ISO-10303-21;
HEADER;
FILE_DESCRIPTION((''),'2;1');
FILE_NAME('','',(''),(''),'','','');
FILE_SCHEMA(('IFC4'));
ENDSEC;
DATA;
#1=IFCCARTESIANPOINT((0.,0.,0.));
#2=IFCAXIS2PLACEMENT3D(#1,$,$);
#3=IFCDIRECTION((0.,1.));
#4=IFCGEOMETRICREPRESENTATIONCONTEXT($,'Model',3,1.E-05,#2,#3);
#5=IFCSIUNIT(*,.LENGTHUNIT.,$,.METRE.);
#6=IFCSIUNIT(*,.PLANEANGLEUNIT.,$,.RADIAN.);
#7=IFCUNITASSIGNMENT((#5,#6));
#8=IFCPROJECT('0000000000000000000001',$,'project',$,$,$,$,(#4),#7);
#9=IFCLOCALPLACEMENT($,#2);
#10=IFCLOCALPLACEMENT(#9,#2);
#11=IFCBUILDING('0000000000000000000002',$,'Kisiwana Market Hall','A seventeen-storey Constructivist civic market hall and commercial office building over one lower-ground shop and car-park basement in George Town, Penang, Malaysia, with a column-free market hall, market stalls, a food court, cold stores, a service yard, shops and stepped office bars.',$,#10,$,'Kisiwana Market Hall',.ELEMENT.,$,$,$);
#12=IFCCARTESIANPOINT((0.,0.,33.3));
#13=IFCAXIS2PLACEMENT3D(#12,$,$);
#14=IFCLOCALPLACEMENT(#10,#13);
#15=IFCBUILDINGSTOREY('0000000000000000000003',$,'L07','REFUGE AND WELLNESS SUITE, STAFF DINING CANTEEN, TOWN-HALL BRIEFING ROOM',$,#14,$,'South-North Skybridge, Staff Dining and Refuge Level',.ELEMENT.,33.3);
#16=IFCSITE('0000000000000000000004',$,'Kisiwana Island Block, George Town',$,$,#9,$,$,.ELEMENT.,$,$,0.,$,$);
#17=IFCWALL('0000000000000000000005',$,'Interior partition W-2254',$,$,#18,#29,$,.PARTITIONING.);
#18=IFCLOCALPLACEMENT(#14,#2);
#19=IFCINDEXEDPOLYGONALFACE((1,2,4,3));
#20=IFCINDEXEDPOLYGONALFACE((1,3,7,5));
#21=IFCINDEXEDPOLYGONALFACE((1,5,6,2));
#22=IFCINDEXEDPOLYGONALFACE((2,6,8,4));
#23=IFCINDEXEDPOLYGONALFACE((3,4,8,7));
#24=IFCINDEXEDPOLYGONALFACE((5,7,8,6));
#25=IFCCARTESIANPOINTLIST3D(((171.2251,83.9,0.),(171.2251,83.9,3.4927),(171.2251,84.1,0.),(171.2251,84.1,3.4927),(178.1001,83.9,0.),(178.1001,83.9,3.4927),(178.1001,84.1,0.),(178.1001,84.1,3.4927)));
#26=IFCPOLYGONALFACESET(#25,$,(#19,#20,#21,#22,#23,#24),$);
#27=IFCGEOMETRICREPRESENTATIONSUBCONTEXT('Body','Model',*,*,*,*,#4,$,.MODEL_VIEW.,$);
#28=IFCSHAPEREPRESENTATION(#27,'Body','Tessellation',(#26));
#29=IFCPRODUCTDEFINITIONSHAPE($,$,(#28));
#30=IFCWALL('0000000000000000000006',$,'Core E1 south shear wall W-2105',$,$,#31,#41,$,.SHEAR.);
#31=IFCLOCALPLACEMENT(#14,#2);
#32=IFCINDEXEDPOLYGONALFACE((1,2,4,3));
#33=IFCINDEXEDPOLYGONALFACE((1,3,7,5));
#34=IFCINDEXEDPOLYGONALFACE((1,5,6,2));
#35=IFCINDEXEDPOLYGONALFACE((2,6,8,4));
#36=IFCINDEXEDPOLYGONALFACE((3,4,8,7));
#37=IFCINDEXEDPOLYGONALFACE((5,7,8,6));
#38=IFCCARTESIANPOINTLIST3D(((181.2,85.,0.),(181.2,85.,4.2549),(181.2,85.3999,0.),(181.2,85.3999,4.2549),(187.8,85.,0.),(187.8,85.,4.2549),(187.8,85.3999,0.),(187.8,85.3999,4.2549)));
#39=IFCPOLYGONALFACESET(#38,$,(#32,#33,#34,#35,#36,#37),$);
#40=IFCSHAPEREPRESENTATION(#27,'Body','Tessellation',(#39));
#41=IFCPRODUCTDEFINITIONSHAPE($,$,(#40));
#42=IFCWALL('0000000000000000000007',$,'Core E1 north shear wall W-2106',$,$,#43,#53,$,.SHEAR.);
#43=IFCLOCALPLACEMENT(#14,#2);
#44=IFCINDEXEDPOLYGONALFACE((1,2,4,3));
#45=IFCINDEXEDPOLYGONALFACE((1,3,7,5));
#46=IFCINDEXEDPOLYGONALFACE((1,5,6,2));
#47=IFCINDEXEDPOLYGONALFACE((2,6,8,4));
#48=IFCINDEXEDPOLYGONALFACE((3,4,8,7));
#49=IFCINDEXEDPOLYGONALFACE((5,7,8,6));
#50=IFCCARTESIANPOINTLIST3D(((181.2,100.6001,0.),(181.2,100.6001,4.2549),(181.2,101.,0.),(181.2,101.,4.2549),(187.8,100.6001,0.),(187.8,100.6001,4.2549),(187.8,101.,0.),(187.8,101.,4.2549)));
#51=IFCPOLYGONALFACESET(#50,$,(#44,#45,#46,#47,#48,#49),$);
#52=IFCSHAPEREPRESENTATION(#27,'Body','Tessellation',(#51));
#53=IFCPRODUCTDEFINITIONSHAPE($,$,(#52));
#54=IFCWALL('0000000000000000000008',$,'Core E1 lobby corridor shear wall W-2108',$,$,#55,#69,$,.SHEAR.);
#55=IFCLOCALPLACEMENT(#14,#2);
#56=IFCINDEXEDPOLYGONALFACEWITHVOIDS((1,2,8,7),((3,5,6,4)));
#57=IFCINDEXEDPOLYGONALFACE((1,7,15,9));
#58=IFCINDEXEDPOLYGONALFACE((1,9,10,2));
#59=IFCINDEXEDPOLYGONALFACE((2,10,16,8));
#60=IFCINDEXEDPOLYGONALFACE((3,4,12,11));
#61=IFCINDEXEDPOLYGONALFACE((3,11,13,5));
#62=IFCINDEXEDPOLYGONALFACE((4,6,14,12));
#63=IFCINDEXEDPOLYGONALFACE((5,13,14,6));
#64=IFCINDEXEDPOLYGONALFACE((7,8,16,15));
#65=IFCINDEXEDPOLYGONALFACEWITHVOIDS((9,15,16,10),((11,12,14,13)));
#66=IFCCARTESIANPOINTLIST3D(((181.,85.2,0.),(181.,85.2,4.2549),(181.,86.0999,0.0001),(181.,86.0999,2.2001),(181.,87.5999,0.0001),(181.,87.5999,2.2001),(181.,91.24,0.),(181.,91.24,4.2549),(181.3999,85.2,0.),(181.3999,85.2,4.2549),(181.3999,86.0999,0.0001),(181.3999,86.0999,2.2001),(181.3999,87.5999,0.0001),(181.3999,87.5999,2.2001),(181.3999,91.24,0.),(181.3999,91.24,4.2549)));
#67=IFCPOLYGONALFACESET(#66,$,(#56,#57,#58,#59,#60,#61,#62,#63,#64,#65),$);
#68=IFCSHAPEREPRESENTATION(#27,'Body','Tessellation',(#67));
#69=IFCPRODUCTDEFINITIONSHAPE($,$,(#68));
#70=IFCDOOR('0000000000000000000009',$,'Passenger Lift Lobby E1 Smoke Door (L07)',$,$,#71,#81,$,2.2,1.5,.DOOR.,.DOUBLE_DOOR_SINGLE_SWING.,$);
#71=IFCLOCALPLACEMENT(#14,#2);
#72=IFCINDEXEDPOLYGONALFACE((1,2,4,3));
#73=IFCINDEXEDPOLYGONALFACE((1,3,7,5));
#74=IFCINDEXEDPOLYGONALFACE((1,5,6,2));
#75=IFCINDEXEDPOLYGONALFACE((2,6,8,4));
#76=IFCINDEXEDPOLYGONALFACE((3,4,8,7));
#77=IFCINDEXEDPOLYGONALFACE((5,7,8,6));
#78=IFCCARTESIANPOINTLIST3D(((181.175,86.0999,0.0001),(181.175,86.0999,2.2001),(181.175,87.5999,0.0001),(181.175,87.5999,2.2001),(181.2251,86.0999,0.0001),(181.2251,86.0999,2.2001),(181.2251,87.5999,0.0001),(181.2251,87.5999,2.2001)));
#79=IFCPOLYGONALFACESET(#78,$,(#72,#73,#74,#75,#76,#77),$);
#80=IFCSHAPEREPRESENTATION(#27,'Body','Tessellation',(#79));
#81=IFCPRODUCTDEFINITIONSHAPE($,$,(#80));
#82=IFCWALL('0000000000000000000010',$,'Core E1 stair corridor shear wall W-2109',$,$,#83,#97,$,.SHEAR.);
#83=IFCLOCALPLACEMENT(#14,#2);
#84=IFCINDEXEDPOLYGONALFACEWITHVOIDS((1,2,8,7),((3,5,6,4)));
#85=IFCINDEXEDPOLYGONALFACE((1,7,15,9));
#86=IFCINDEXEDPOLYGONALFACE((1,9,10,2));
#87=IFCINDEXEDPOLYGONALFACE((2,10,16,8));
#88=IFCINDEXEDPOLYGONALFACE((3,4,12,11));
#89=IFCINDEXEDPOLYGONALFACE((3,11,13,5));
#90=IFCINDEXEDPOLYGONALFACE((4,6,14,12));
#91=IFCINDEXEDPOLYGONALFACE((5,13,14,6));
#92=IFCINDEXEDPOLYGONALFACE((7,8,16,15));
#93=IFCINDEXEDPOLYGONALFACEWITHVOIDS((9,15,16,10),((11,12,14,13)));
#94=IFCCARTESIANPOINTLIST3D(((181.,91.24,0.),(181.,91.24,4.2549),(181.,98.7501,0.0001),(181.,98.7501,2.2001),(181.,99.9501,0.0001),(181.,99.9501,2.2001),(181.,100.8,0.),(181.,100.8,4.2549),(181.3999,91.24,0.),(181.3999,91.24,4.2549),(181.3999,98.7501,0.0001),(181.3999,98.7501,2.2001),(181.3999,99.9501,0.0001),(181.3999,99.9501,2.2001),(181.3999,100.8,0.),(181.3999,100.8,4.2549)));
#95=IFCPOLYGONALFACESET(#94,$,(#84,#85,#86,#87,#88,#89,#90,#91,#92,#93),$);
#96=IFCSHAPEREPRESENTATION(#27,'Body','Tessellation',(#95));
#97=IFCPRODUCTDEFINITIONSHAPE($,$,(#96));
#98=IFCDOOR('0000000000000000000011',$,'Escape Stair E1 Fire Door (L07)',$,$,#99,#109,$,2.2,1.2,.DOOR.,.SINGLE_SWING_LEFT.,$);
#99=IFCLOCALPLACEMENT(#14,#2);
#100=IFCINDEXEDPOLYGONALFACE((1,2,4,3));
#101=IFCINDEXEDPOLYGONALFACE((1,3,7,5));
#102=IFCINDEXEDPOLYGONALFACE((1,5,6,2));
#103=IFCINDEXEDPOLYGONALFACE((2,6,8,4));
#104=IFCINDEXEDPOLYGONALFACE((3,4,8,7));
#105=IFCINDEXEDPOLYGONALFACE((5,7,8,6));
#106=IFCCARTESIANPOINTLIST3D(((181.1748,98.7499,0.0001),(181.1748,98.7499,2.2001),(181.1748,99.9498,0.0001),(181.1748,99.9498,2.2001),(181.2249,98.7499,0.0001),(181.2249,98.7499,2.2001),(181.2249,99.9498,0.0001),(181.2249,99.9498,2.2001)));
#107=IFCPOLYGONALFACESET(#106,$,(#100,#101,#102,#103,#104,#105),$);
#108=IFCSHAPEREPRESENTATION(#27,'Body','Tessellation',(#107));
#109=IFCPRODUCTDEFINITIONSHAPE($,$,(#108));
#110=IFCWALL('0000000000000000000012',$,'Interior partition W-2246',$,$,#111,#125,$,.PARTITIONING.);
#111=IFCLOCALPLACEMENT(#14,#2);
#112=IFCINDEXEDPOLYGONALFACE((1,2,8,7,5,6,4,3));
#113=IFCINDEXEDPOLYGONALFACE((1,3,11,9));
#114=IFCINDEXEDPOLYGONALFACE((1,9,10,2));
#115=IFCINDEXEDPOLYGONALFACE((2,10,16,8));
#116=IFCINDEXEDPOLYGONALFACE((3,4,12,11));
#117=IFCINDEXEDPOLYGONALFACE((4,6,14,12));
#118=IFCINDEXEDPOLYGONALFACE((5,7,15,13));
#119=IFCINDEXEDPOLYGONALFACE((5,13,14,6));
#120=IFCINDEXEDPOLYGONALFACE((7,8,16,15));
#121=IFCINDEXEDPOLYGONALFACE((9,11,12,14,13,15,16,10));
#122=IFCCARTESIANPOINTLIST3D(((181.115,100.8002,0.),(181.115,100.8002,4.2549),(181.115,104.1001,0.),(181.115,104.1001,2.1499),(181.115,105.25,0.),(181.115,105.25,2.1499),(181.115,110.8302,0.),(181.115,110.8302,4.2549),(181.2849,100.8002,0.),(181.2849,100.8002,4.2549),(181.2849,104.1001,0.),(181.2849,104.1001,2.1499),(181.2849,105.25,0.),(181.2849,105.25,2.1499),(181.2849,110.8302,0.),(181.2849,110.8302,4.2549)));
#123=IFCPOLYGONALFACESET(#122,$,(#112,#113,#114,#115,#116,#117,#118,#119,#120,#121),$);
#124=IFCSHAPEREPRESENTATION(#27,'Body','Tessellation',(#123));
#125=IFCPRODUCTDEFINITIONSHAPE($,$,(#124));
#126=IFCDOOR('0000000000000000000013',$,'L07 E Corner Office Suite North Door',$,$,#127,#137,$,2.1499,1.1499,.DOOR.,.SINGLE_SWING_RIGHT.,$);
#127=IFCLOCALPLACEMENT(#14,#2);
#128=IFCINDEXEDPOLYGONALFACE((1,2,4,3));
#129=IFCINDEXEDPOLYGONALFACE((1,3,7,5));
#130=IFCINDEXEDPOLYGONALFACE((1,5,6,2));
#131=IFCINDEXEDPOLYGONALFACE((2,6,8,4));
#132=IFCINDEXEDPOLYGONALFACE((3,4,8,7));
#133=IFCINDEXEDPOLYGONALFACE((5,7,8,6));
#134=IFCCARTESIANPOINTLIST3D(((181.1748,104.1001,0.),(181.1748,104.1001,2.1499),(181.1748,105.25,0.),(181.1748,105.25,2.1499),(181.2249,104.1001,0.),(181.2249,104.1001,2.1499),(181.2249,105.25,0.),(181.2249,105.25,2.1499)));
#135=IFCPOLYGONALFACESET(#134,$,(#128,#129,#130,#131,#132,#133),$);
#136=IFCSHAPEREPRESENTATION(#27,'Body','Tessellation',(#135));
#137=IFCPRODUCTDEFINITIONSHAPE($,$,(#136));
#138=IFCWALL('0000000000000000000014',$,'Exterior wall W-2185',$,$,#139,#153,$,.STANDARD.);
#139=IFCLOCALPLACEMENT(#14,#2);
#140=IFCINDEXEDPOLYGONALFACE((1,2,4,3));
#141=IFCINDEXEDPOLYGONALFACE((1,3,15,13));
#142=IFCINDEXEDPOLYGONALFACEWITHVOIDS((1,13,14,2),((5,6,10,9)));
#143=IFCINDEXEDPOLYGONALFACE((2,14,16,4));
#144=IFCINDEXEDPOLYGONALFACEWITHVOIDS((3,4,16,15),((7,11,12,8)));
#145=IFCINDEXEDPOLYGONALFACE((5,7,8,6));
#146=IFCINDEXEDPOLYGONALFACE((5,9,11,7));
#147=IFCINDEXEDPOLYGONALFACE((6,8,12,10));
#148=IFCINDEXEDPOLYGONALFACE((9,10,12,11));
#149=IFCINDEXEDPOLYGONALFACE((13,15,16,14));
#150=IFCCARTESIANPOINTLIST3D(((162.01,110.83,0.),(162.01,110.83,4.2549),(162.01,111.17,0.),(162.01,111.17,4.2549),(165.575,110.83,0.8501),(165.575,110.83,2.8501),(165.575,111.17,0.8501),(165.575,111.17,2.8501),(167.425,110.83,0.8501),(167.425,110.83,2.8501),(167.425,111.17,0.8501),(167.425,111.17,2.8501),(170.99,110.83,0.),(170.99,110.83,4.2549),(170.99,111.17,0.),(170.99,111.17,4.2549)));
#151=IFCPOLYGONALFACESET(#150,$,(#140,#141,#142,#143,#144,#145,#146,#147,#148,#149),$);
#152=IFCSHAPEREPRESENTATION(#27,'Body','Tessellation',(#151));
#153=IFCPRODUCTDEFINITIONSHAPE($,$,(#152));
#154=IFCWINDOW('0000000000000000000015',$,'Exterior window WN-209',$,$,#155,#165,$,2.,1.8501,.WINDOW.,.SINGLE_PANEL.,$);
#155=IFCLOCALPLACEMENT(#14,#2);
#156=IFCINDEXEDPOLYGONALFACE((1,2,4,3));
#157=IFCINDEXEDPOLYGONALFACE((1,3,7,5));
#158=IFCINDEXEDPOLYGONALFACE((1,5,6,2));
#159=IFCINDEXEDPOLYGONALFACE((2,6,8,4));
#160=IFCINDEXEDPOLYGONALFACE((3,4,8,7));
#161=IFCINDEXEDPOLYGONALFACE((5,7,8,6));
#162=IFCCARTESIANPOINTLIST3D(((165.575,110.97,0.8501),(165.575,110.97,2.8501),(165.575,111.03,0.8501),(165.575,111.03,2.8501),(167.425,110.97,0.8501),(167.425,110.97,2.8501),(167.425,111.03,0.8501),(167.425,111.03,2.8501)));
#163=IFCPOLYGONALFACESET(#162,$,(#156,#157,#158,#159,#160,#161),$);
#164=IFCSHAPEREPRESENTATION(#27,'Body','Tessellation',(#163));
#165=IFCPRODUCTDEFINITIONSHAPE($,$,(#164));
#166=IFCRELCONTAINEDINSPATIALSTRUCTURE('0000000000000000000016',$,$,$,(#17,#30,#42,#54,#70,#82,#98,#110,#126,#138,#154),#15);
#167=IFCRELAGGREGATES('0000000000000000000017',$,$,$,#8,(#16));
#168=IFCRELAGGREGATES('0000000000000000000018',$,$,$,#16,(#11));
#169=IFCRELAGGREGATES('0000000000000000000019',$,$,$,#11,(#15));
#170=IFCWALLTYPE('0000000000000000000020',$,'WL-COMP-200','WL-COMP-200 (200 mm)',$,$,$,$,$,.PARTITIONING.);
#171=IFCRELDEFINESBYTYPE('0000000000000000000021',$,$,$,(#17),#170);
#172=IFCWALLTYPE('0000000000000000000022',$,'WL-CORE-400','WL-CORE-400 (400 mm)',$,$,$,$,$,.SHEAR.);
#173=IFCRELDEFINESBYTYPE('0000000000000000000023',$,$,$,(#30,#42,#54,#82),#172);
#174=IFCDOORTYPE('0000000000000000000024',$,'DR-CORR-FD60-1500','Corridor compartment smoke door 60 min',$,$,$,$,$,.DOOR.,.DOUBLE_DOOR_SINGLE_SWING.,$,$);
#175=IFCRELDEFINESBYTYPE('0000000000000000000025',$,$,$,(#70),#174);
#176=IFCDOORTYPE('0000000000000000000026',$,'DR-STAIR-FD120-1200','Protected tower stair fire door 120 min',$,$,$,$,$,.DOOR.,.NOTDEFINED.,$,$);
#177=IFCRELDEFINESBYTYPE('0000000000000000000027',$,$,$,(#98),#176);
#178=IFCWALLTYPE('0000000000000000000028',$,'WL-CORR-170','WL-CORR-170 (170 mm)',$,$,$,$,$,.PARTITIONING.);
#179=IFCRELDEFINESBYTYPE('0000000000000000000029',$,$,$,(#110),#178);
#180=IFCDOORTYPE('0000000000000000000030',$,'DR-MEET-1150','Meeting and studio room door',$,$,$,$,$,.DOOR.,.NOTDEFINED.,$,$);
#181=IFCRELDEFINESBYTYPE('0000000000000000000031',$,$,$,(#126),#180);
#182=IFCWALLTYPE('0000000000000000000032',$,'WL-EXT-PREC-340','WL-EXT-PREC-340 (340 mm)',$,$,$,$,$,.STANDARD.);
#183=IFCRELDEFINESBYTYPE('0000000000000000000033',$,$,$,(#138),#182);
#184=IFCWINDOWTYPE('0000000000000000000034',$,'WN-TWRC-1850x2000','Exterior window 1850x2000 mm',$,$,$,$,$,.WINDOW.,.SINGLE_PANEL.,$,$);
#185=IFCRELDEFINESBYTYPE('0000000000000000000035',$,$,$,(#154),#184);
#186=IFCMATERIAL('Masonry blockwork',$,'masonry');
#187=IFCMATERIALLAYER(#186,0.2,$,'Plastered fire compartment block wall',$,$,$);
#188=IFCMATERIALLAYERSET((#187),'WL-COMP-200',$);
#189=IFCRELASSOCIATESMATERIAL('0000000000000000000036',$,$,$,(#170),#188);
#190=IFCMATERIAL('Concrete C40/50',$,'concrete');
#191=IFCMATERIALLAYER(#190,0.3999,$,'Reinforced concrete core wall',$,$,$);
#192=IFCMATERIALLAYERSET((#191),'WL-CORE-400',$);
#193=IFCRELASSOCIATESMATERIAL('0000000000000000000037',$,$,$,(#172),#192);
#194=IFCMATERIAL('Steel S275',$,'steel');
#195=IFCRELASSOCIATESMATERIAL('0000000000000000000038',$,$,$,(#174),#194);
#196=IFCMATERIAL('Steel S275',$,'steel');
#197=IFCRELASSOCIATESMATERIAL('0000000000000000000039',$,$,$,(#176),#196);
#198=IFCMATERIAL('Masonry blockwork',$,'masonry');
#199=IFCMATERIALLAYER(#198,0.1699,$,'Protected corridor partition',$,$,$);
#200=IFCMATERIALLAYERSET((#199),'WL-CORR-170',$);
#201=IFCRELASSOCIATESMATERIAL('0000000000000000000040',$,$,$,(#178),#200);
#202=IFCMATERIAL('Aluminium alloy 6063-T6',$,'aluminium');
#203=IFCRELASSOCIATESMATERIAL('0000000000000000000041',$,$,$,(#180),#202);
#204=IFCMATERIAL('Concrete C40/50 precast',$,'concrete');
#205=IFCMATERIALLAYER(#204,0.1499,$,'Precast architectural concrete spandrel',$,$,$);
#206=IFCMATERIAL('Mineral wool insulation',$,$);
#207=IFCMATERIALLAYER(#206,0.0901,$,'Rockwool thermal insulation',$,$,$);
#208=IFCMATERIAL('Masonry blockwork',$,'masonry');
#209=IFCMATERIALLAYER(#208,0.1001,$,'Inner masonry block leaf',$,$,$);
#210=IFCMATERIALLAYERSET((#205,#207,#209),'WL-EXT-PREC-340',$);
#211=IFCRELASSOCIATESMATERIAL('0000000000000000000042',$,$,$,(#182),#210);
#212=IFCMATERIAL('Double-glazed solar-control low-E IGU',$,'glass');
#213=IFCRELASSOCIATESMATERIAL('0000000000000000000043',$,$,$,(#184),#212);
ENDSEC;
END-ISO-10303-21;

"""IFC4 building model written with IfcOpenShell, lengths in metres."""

from ifc_helpers import new_model, si_unit, direction, frame, frame_2d, origin, place, context, subcontext, project, spatial, rectangle, extrude, material, layer, layer_set, type_object, element, fill, save


model = new_model("IFC4")

# Units and contexts
model_context = context("Model", 3, precision=1e-05, world=origin(), true_north=direction((0.0, 1.0)))
body_context = subcontext(model_context, "Body", "Model", "MODEL_VIEW")
ifc_project = project(units=[si_unit("LENGTHUNIT", "METRE"), si_unit("PLANEANGLEUNIT", "RADIAN")], contexts=[model_context])

# Site, building, storey
site_placement = place(None, origin())
site = spatial("IfcSite", under=ifc_project, at=site_placement, Name="Kisiwana Island Block, George Town", CompositionType="ELEMENT", RefElevation=0.0)
building_placement = place(site_placement, origin())
building = spatial("IfcBuilding", under=site, at=building_placement, Name="Kisiwana Market Hall", Description="A seventeen-storey Constructivist civic market hall and commercial office building over one lower-ground shop and car-park basement in George Town, Penang, Malaysia, with a column-free market hall, market stalls, a food court, cold stores, a service yard, shops and stepped office bars.", LongName="Kisiwana Market Hall", CompositionType="ELEMENT")
storey_placement = place(building_placement, frame((0.0, 0.0, 33.3)))
storey = spatial("IfcBuildingStorey", under=building, at=storey_placement, Name="L07", Description="REFUGE AND WELLNESS SUITE, STAFF DINING CANTEEN, TOWN-HALL BRIEFING ROOM", LongName="South-North Skybridge, Staff Dining and Refuge Level", CompositionType="ELEMENT", Elevation=33.3)

# Walls
ifc_material_1 = material(Name="Masonry blockwork", Category="masonry")
ifc_layer_1 = layer(ifc_material_1, 0.2, Name="Plastered fire compartment block wall")
ifc_layer_set_1 = layer_set([ifc_layer_1], Name="WL-COMP-200")
wall_type_1 = type_object("IfcWallType", Name="WL-COMP-200", Description="WL-COMP-200 (200 mm)", PredefinedType="PARTITIONING", material=ifc_layer_set_1)
wall_1_placement = place(storey_placement, frame((171.2251, 84.0, 0.0), z_axis=(0.0, 0.0, 1.0), x_axis=(1.0, 0.0, 0.0)))
element("IfcWall", 1, at=wall_1_placement, inside=storey, type_object=wall_type_1, Name="Interior partition W-2254", PredefinedType="PARTITIONING", context=body_context, shape_type="SweptSolid", body=[
    extrude(rectangle(XDim=6.875, YDim=0.2, at=frame_2d((3.4375, 0.0))), origin(), (0.0, 0.0, 1.0), 3.4927),
])
ifc_material_2 = material(Name="Concrete C40/50", Category="concrete")
ifc_layer_2 = layer(ifc_material_2, 0.3999, Name="Reinforced concrete core wall")
ifc_layer_set_2 = layer_set([ifc_layer_2], Name="WL-CORE-400")
wall_type_2 = type_object("IfcWallType", Name="WL-CORE-400", Description="WL-CORE-400 (400 mm)", PredefinedType="SHEAR", material=ifc_layer_set_2)
for number, where, z_axis, x_axis, name in (
    (2, (181.2, 85.2, 0.0), (0.0, 0.0, 1.0), (1.0, 0.0, 0.0), "Core E1 south shear wall W-2105"),
    (3, (181.2, 100.8, 0.0), (0.0, 0.0, 1.0), (1.0, 0.0, 0.0), "Core E1 north shear wall W-2106"),
):
    element("IfcWall", number, at=place(storey_placement, frame(where, z_axis=z_axis, x_axis=x_axis)), inside=storey, type_object=wall_type_2, Name=name, PredefinedType="SHEAR", context=body_context, shape_type="SweptSolid", body=[
        extrude(rectangle(XDim=6.6001, YDim=0.3999, at=frame_2d((3.3, 0.0))), origin(), (0.0, 0.0, 1.0), 4.2549),
    ])

# Walls, openings, doors
wall_2_placement = place(storey_placement, frame((181.2, 85.2, 0.0), z_axis=(0.0, 0.0, 1.0), x_axis=(0.0, 1.0, 0.0)))
wall_2 = element("IfcWall", 4, at=wall_2_placement, inside=storey, type_object=wall_type_2, Name="Core E1 lobby corridor shear wall W-2108", PredefinedType="SHEAR", context=body_context, shape_type="SweptSolid", body=[
    extrude(rectangle(XDim=6.04, YDim=0.3999, at=frame_2d((3.02, 0.0))), origin(), (0.0, 0.0, 1.0), 4.2549),
])
opening_1_placement = place(wall_2_placement, frame((0.8999, 0.0, 0.0)))
opening_1 = element("IfcOpeningElement", 5, at=opening_1_placement, cuts=wall_2, PredefinedType="OPENING", context=body_context, shape_type="SweptSolid", body=[
    extrude(rectangle(XDim=1.5, YDim=2.2, at=frame_2d((0.75, 1.1001))), frame((0.0, 0.2119, 0.0), z_axis=(0.0, -1.0, 0.0), x_axis=(1.0, 0.0, 0.0)), (0.0, 0.0, 1.0), 0.4238),
])
ifc_material_3 = material(Name="Steel S275", Category="steel")
door_type_1 = type_object("IfcDoorType", Name="DR-CORR-FD60-1500", Description="Corridor compartment smoke door 60 min", OperationType="DOUBLE_DOOR_SINGLE_SWING", PredefinedType="DOOR", material=ifc_material_3)
door_1_placement = place(opening_1_placement, origin())
door_1 = element("IfcDoor", 6, at=door_1_placement, inside=storey, type_object=door_type_1, Name="Passenger Lift Lobby E1 Smoke Door (L07)", OperationType="DOUBLE_DOOR_SINGLE_SWING", OverallHeight=2.2, OverallWidth=1.5, PredefinedType="DOOR", context=body_context, shape_type="SweptSolid", body=[
    extrude(rectangle(XDim=1.5, YDim=2.2, at=frame_2d((0.75, 1.1001))), frame((0.0, 0.0249, 0.0), z_axis=(0.0, -1.0, 0.0), x_axis=(1.0, 0.0, 0.0)), (0.0, 0.0, 1.0), 0.05),
])
fill(opening_1, door_1)
wall_3_placement = place(storey_placement, frame((181.2, 91.24, 0.0), z_axis=(0.0, 0.0, 1.0), x_axis=(0.0, 1.0, 0.0)))
wall_3 = element("IfcWall", 7, at=wall_3_placement, inside=storey, type_object=wall_type_2, Name="Core E1 stair corridor shear wall W-2109", PredefinedType="SHEAR", context=body_context, shape_type="SweptSolid", body=[
    extrude(rectangle(XDim=9.5601, YDim=0.3999, at=frame_2d((4.78, 0.0))), origin(), (0.0, 0.0, 1.0), 4.2549),
])
opening_2_placement = place(wall_3_placement, frame((7.51, 0.0, 0.0)))
opening_2 = element("IfcOpeningElement", 8, at=opening_2_placement, cuts=wall_3, PredefinedType="OPENING", context=body_context, shape_type="SweptSolid", body=[
    extrude(rectangle(XDim=1.2, YDim=2.2, at=frame_2d((0.6001, 1.1001))), frame((0.0, 0.2119, 0.0), z_axis=(0.0, -1.0, 0.0), x_axis=(1.0, 0.0, 0.0)), (0.0, 0.0, 1.0), 0.4238),
])
ifc_material_4 = material(Name="Steel S275", Category="steel")
door_type_2 = type_object("IfcDoorType", Name="DR-STAIR-FD120-1200", Description="Protected tower stair fire door 120 min", OperationType="NOTDEFINED", PredefinedType="DOOR", material=ifc_material_4)
door_2_placement = place(opening_2_placement, frame((1.2, 0.0, 0.0), z_axis=(0.0, 0.0, 1.0), x_axis=(-1.0, 0.0, 0.0)))
door_2 = element("IfcDoor", 9, at=door_2_placement, inside=storey, type_object=door_type_2, Name="Escape Stair E1 Fire Door (L07)", OperationType="SINGLE_SWING_LEFT", OverallHeight=2.2, OverallWidth=1.2, PredefinedType="DOOR", context=body_context, shape_type="SweptSolid", body=[
    extrude(rectangle(XDim=1.2, YDim=2.2, at=frame_2d((0.6001, 1.1001))), frame((0.0, 0.0249, 0.0), z_axis=(0.0, -1.0, 0.0), x_axis=(1.0, 0.0, 0.0)), (0.0, 0.0, 1.0), 0.05),
])
fill(opening_2, door_2)
ifc_material_5 = material(Name="Masonry blockwork", Category="masonry")
ifc_layer_3 = layer(ifc_material_5, 0.1699, Name="Protected corridor partition")
ifc_layer_set_3 = layer_set([ifc_layer_3], Name="WL-CORR-170")
wall_type_3 = type_object("IfcWallType", Name="WL-CORR-170", Description="WL-CORR-170 (170 mm)", PredefinedType="PARTITIONING", material=ifc_layer_set_3)
wall_4_placement = place(storey_placement, frame((181.2, 100.8, 0.0), z_axis=(0.0, 0.0, 1.0), x_axis=(0.0, 1.0, 0.0)))
wall_4 = element("IfcWall", 10, at=wall_4_placement, inside=storey, type_object=wall_type_3, Name="Interior partition W-2246", PredefinedType="PARTITIONING", context=body_context, shape_type="SweptSolid", body=[
    extrude(rectangle(XDim=10.03, YDim=0.1699, at=frame_2d((5.0151, 0.0))), origin(), (0.0, 0.0, 1.0), 4.2549),
])
opening_3_placement = place(wall_4_placement, frame((3.3, 0.0, 0.0)))
opening_3 = element("IfcOpeningElement", 11, at=opening_3_placement, cuts=wall_4, PredefinedType="OPENING", context=body_context, shape_type="SweptSolid", body=[
    extrude(rectangle(XDim=1.1499, YDim=2.1499, at=frame_2d((0.575, 1.075))), frame((0.0, 0.0969, 0.0), z_axis=(0.0, -1.0, 0.0), x_axis=(1.0, 0.0, 0.0)), (0.0, 0.0, 1.0), 0.1938),
])
ifc_material_6 = material(Name="Aluminium alloy 6063-T6", Category="aluminium")
door_type_3 = type_object("IfcDoorType", Name="DR-MEET-1150", Description="Meeting and studio room door", OperationType="NOTDEFINED", PredefinedType="DOOR", material=ifc_material_6)
door_3_placement = place(opening_3_placement, frame((1.1499, 0.0, 0.0), z_axis=(0.0, 0.0, 1.0), x_axis=(-1.0, 0.0, 0.0)))
door_3 = element("IfcDoor", 12, at=door_3_placement, inside=storey, type_object=door_type_3, Name="L07 E Corner Office Suite North Door", OperationType="SINGLE_SWING_RIGHT", OverallHeight=2.1499, OverallWidth=1.1499, PredefinedType="DOOR", context=body_context, shape_type="SweptSolid", body=[
    extrude(rectangle(XDim=1.1499, YDim=2.1499, at=frame_2d((0.575, 1.075))), frame((0.0, 0.0249, 0.0), z_axis=(0.0, -1.0, 0.0), x_axis=(1.0, 0.0, 0.0)), (0.0, 0.0, 1.0), 0.05),
])
fill(opening_3, door_3)

# Wall, opening, window
ifc_material_7 = material(Name="Concrete C40/50 precast", Category="concrete")
ifc_layer_4 = layer(ifc_material_7, 0.1499, Name="Precast architectural concrete spandrel")
ifc_material_8 = material(Name="Mineral wool insulation")
ifc_layer_5 = layer(ifc_material_8, 0.0901, Name="Rockwool thermal insulation")
ifc_material_9 = material(Name="Masonry blockwork", Category="masonry")
ifc_layer_6 = layer(ifc_material_9, 0.1001, Name="Inner masonry block leaf")
ifc_layer_set_4 = layer_set([ifc_layer_4, ifc_layer_5, ifc_layer_6], Name="WL-EXT-PREC-340")
wall_type_4 = type_object("IfcWallType", Name="WL-EXT-PREC-340", Description="WL-EXT-PREC-340 (340 mm)", PredefinedType="STANDARD", material=ifc_layer_set_4)
wall_5_placement = place(storey_placement, frame((162.01, 111.0, 0.0), z_axis=(0.0, 0.0, 1.0), x_axis=(1.0, 0.0, 0.0)))
wall_5 = element("IfcWall", 13, at=wall_5_placement, inside=storey, type_object=wall_type_4, Name="Exterior wall W-2185", PredefinedType="STANDARD", context=body_context, shape_type="SweptSolid", body=[
    extrude(rectangle(XDim=8.98, YDim=0.3401, at=frame_2d((4.49, 0.0))), origin(), (0.0, 0.0, 1.0), 4.2549),
])
opening_4_placement = place(wall_5_placement, frame((3.5649, 0.0, 0.8501)))
opening_4 = element("IfcOpeningElement", 14, at=opening_4_placement, cuts=wall_5, PredefinedType="OPENING", context=body_context, shape_type="SweptSolid", body=[
    extrude(rectangle(XDim=1.8501, YDim=2.0, at=frame_2d((0.925, 1.0))), frame((0.0, 0.1821, 0.0), z_axis=(0.0, -1.0, 0.0), x_axis=(1.0, 0.0, 0.0)), (0.0, 0.0, 1.0), 0.364),
])
ifc_material_10 = material(Name="Double-glazed solar-control low-E IGU", Category="glass")
window_type_1 = type_object("IfcWindowType", Name="WN-TWRC-1850x2000", Description="Exterior window 1850x2000 mm", PartitioningType="SINGLE_PANEL", PredefinedType="WINDOW", material=ifc_material_10)
window_1_placement = place(opening_4_placement, origin())
window_1 = element("IfcWindow", 15, at=window_1_placement, inside=storey, type_object=window_type_1, Name="Exterior window WN-209", OverallHeight=2.0, OverallWidth=1.8501, PartitioningType="SINGLE_PANEL", PredefinedType="WINDOW", context=body_context, shape_type="SweptSolid", body=[
    extrude(rectangle(XDim=1.8501, YDim=2.0, at=frame_2d((0.925, 1.0))), frame((0.0, 0.03, 0.0), z_axis=(0.0, -1.0, 0.0), x_axis=(1.0, 0.0, 0.0)), (0.0, 0.0, 1.0), 0.0601),
])
fill(opening_4, window_1)

save(model, "model.ifc")
